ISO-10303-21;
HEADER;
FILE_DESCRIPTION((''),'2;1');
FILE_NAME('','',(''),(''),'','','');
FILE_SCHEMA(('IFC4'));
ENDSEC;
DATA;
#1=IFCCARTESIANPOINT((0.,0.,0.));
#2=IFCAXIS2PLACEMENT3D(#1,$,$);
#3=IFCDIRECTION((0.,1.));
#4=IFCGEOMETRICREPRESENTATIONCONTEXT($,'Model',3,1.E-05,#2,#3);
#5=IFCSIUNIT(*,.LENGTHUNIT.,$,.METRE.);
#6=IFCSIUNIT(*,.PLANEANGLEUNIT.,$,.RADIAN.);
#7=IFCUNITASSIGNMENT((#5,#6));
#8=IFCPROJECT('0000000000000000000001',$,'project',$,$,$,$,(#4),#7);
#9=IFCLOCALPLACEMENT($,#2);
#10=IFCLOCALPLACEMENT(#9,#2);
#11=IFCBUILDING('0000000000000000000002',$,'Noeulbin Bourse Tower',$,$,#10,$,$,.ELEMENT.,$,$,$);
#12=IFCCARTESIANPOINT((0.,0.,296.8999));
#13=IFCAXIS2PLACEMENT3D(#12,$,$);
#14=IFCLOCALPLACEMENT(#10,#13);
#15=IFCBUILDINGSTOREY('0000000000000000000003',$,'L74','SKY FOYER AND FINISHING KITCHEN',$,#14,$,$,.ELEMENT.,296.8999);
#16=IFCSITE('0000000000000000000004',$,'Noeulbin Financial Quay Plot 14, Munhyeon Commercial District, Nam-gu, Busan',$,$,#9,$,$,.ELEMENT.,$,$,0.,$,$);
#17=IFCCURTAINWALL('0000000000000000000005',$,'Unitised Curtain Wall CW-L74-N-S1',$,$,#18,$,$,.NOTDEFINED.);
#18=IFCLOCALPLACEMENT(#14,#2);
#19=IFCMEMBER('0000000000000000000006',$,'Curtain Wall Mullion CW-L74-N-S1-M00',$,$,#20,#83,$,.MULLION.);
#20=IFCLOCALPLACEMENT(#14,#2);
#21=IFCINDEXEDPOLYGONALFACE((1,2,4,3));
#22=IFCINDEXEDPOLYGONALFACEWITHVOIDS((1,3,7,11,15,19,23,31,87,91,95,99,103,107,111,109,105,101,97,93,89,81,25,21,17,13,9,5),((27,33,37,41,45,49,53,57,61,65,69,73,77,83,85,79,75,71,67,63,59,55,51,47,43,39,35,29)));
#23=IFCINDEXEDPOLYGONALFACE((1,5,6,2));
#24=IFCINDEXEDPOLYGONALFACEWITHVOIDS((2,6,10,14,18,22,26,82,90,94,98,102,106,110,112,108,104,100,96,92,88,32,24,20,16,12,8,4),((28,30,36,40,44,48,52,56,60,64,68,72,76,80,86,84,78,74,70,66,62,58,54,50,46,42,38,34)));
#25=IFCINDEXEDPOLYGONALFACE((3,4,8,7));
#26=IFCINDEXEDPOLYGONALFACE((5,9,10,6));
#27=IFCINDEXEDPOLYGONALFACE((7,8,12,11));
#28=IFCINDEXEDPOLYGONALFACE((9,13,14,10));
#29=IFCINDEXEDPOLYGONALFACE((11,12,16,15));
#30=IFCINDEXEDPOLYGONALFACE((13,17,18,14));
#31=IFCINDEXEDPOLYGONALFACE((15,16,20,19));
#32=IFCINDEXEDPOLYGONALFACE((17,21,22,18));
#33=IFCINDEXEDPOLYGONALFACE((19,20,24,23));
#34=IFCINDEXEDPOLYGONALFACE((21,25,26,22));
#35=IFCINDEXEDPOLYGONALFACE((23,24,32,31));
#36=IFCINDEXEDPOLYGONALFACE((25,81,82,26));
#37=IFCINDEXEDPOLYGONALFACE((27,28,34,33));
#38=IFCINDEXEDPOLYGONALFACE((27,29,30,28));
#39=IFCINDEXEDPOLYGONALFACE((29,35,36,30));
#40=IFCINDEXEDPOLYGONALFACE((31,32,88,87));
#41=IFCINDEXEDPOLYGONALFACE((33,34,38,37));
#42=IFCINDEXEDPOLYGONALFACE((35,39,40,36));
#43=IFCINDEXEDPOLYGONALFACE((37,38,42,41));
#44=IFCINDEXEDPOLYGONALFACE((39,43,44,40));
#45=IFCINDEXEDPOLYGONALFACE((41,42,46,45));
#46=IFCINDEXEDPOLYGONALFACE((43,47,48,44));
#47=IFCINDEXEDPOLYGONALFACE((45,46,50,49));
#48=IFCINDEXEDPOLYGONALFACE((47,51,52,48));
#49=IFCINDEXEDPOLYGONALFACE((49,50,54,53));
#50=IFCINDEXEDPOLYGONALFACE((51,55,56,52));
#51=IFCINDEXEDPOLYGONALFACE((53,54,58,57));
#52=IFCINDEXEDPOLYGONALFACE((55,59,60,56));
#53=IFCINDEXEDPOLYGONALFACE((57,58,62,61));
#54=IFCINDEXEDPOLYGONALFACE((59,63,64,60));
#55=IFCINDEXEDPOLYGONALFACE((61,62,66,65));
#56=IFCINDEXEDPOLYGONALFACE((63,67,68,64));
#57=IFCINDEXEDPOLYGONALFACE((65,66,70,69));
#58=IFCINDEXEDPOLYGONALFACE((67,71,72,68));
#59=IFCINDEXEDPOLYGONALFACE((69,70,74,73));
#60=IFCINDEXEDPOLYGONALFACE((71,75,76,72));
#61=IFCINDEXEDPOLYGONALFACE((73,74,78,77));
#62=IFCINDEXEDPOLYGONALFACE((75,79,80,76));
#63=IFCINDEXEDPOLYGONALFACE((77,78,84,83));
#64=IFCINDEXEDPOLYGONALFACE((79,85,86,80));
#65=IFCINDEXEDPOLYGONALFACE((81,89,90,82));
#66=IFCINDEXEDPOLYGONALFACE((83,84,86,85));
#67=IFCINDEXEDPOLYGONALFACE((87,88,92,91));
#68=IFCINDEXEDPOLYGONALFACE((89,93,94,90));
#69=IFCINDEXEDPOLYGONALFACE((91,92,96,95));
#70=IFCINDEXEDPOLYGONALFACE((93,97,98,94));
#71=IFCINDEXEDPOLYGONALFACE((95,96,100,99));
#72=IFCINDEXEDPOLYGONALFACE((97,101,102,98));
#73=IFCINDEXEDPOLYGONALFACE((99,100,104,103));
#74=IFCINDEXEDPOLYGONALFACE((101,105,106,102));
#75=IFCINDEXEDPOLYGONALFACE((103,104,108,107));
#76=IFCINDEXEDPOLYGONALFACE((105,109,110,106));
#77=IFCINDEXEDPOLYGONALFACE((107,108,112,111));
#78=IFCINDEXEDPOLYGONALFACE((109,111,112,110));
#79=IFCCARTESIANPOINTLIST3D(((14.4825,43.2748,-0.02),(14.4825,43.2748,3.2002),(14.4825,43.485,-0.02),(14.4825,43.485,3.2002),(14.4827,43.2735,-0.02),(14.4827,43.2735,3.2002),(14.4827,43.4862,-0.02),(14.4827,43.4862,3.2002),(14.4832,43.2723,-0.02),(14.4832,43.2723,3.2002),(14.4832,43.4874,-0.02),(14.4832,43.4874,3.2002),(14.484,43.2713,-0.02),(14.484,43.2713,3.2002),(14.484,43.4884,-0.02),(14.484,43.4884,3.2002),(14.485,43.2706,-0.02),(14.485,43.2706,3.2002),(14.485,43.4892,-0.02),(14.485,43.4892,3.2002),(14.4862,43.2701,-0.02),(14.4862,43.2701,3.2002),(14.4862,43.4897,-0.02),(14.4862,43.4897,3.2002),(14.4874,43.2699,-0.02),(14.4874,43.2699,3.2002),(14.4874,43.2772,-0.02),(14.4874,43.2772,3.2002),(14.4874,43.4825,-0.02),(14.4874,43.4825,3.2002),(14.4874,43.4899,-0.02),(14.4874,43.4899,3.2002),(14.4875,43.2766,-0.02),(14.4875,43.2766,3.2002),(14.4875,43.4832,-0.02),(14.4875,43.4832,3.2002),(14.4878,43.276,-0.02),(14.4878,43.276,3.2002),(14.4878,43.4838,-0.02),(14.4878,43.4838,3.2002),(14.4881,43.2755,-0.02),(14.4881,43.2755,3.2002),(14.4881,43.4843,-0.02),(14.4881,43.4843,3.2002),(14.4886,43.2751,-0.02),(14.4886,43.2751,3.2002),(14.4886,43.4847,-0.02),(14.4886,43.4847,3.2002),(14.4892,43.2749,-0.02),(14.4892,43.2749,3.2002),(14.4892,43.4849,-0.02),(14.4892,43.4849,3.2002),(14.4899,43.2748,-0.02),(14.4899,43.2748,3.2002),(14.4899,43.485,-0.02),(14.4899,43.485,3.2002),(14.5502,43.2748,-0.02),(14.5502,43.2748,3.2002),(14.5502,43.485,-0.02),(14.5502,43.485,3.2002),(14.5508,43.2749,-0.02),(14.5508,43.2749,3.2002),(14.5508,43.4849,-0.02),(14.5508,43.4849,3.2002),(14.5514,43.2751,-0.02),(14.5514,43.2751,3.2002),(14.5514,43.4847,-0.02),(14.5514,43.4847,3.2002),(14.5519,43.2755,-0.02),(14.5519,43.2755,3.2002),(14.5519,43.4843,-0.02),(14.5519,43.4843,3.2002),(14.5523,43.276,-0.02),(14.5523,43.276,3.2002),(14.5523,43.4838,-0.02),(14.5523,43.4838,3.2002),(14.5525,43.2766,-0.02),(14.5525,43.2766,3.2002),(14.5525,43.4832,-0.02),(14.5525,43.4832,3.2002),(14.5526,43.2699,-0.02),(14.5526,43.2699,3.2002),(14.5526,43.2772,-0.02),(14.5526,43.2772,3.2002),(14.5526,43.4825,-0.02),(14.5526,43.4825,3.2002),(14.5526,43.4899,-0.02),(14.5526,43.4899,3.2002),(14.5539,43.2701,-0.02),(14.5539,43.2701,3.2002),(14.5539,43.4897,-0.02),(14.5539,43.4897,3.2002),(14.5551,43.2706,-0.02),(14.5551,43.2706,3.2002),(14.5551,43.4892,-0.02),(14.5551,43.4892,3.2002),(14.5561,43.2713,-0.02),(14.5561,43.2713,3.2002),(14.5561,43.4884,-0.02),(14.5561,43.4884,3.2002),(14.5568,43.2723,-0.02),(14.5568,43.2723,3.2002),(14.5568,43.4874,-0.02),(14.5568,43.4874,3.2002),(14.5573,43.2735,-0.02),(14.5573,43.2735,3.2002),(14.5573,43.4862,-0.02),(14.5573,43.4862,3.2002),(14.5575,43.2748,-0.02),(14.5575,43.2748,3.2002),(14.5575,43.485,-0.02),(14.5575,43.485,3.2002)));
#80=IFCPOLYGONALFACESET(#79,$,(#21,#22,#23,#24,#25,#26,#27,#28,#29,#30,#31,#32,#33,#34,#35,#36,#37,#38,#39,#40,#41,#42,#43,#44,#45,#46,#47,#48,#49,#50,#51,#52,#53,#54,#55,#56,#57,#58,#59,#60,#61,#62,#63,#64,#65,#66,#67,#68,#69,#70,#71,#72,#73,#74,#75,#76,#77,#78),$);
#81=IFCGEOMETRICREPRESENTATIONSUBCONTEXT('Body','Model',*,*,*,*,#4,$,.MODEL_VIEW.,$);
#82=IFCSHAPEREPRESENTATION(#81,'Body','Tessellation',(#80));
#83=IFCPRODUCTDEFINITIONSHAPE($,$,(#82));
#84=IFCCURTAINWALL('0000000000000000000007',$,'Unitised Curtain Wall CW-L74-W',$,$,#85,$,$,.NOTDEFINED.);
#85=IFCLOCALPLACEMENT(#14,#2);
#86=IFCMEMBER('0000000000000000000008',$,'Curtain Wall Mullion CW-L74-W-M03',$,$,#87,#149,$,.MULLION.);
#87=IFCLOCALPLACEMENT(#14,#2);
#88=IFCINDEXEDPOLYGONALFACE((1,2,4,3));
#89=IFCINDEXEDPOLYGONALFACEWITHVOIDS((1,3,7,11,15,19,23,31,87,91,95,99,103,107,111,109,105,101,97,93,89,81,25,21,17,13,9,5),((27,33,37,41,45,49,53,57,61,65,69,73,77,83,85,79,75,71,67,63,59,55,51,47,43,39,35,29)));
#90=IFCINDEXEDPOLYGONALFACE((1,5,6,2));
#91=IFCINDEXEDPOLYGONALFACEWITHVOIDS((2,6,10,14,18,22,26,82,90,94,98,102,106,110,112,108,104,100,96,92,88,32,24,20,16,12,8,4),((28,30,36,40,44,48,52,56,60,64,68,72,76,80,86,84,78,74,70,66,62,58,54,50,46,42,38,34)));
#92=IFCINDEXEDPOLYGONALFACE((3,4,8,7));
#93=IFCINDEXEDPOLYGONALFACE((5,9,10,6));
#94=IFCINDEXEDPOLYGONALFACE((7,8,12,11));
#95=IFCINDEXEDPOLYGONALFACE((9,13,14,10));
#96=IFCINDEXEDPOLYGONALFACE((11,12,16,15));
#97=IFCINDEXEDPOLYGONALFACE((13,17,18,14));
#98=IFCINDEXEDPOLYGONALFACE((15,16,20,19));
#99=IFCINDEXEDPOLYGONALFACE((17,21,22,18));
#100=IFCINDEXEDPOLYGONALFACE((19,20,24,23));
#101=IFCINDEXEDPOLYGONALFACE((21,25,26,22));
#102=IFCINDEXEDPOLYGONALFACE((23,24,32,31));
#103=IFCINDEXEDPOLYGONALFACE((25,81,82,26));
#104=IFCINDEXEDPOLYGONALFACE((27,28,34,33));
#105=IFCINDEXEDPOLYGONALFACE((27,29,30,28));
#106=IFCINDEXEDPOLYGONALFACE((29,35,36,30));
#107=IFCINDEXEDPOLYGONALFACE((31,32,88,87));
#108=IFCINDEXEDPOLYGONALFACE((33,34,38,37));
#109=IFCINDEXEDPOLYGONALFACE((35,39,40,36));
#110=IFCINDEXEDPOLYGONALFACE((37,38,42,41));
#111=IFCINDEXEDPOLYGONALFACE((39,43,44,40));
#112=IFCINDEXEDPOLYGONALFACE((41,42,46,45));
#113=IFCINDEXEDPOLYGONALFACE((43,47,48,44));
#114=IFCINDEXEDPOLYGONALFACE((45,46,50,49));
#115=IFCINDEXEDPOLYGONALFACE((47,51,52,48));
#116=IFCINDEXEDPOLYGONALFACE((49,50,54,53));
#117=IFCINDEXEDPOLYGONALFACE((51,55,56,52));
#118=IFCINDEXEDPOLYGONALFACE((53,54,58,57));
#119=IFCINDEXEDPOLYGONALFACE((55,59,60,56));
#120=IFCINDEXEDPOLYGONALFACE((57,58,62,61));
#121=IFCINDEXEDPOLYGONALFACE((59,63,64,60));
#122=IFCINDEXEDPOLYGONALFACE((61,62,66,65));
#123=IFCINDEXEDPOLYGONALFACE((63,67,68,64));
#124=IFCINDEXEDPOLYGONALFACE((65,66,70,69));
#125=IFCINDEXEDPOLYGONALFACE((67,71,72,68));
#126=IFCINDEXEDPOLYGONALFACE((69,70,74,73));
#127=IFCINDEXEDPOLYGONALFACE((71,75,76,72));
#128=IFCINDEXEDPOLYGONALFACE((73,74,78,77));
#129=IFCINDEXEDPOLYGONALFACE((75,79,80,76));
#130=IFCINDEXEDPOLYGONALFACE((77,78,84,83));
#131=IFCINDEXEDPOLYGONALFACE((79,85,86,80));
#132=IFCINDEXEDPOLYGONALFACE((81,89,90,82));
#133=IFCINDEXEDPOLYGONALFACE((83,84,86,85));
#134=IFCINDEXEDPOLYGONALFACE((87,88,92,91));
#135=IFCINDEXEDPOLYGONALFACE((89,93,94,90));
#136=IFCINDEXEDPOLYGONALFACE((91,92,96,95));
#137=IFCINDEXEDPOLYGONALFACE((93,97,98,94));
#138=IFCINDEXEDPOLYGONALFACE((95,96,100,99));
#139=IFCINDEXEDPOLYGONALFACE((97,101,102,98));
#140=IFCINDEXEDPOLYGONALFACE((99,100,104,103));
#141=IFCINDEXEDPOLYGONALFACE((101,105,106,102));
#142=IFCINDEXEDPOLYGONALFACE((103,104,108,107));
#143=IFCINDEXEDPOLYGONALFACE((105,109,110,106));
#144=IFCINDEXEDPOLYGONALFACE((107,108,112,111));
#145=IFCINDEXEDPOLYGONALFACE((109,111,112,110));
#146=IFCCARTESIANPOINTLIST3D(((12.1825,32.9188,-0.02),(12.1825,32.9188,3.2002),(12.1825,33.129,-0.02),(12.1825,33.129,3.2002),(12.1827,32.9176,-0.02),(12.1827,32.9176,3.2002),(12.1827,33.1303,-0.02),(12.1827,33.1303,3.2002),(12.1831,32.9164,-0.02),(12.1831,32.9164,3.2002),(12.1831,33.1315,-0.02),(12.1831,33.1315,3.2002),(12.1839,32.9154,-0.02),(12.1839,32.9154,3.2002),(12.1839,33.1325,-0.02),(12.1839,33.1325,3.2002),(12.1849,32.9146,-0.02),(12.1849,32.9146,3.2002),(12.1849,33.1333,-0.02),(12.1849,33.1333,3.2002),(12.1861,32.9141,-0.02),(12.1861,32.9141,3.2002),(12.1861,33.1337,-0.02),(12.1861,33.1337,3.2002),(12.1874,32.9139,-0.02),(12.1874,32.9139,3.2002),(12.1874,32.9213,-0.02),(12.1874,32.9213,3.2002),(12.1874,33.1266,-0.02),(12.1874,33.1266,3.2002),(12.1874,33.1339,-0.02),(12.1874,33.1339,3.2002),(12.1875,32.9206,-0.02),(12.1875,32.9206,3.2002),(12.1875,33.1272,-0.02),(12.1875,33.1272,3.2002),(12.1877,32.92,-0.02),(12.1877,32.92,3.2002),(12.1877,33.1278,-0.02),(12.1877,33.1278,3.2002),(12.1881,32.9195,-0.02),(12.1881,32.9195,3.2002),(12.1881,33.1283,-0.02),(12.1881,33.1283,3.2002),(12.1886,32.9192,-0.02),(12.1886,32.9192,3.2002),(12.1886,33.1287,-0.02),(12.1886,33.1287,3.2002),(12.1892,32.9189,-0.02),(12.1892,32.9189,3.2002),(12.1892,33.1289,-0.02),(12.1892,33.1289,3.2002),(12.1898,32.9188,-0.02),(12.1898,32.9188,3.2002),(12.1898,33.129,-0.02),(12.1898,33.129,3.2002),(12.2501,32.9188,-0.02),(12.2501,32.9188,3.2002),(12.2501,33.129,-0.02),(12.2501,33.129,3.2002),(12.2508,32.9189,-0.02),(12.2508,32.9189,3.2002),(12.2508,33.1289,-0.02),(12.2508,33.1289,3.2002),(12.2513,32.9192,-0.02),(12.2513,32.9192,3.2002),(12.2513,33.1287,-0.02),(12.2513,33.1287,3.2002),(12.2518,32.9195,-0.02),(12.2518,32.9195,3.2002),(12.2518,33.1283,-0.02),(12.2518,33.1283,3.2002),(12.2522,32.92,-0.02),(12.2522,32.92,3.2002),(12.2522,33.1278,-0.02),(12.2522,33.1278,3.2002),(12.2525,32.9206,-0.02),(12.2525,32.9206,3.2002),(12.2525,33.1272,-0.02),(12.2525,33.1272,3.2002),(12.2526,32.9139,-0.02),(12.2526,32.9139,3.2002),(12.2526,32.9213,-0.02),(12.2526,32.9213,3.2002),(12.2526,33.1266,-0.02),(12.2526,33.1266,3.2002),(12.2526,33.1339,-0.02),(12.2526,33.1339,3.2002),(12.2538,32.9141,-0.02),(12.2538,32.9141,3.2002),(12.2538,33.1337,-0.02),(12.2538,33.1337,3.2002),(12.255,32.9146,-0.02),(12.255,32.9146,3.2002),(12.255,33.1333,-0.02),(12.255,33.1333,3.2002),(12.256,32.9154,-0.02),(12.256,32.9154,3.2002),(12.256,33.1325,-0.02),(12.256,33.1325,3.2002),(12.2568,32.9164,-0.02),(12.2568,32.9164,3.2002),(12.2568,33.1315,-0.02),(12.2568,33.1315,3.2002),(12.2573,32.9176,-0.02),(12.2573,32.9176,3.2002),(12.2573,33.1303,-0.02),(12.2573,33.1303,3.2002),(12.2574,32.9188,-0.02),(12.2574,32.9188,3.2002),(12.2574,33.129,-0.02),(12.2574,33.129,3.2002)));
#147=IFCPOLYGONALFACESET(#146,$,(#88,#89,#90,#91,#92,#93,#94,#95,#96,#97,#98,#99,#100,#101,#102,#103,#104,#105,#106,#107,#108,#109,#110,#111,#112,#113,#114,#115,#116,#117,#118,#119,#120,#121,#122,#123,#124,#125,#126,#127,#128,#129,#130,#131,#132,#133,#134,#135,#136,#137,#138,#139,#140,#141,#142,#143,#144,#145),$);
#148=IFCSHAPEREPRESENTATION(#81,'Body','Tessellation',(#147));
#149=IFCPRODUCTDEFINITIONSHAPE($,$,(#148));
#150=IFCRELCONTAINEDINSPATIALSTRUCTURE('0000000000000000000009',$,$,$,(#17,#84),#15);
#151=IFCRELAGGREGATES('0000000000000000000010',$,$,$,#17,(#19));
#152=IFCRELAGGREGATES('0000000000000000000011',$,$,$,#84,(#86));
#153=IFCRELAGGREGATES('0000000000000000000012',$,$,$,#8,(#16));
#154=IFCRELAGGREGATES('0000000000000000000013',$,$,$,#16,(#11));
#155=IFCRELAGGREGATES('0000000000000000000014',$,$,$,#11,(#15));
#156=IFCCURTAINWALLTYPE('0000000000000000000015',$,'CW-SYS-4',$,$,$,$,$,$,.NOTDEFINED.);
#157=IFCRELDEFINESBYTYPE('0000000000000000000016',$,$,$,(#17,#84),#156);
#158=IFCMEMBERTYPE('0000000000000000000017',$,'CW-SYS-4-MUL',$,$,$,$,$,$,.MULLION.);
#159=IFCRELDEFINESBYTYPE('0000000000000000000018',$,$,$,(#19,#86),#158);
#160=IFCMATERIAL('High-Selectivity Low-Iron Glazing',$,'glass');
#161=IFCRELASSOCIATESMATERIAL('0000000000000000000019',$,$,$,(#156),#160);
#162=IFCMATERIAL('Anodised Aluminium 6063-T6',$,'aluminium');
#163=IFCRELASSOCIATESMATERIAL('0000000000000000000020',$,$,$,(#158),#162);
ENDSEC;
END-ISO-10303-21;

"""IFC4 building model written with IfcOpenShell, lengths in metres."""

from ifc_helpers import new_model, si_unit, direction, frame, origin, origin_2d, place, context, subcontext, project, spatial, hollow_rectangle, extrude, material, material_profile, profile_set, type_object, element, aggregate, save


model = new_model("IFC4")

# Units and contexts
model_context = context("Model", 3, precision=1e-05, world=origin(), true_north=direction((0.0, 1.0)))
body_context = subcontext(model_context, "Body", "Model", "MODEL_VIEW")
ifc_project = project(units=[si_unit("LENGTHUNIT", "METRE"), si_unit("PLANEANGLEUNIT", "RADIAN")], contexts=[model_context])

# Site, building, storey
site_placement = place(None, origin())
site = spatial("IfcSite", under=ifc_project, at=site_placement, Name="Noeulbin Financial Quay Plot 14, Munhyeon Commercial District, Nam-gu, Busan", CompositionType="ELEMENT", RefElevation=0.0)
building_placement = place(site_placement, origin())
building = spatial("IfcBuilding", under=site, at=building_placement, Name="Noeulbin Bourse Tower", CompositionType="ELEMENT")
storey_placement = place(building_placement, frame((0.0, 0.0, 296.8999)))
storey = spatial("IfcBuildingStorey", under=building, at=storey_placement, Name="L74", Description="SKY FOYER AND FINISHING KITCHEN", CompositionType="ELEMENT", Elevation=296.8999)

# Curtain wall, member
ifc_material_1 = material(Name="High-Selectivity Low-Iron Glazing", Category="glass")
curtain_wall_type = type_object("IfcCurtainWallType", Name="CW-SYS-4", PredefinedType="NOTDEFINED", material=ifc_material_1)
curtain_wall_1_placement = place(storey_placement, origin())
curtain_wall_1 = element("IfcCurtainWall", 1, at=curtain_wall_1_placement, inside=storey, type_object=curtain_wall_type, Name="Unitised Curtain Wall CW-L74-N-S1", PredefinedType="NOTDEFINED")
ifc_material_2 = material(Name="Anodised Aluminium 6063-T6", Category="aluminium")
ifc_material_profile_1 = material_profile(ifc_material_2, hollow_rectangle(XDim=0.075, YDim=0.22, WallThickness=0.0049, InnerFilletRadius=0.0024, OuterFilletRadius=0.0049, at=origin_2d()), Name="ALU-MULL-75x220x5", Category="LoadBearing")
ifc_profile_set_1 = profile_set([ifc_material_profile_1], Name="Anodised Aluminium 6063-T6")
member_type_1 = type_object("IfcMemberType", Name="CW-SYS-4-MUL", PredefinedType="MULLION", material=ifc_profile_set_1)
member_1_placement = place(storey_placement, frame((14.52, 43.3799, -0.02), z_axis=(0.0, 0.0, 1.0), x_axis=(1.0, 0.0, 0.0)))
member_1 = element("IfcMember", 2, at=member_1_placement, type_object=member_type_1, Name="Curtain Wall Mullion CW-L74-N-S1-M00", PredefinedType="MULLION", context=body_context, shape_type="SweptSolid", body=[
    extrude(hollow_rectangle(XDim=0.075, YDim=0.22, WallThickness=0.0049, InnerFilletRadius=0.0024, OuterFilletRadius=0.0049, at=origin_2d()), origin(), (0.0, 0.0, 1.0), 3.2202),
])

# Curtain wall, member
curtain_wall_2_placement = place(storey_placement, origin())
curtain_wall_2 = element("IfcCurtainWall", 3, at=curtain_wall_2_placement, inside=storey, type_object=curtain_wall_type, Name="Unitised Curtain Wall CW-L74-W", PredefinedType="NOTDEFINED")
member_2_placement = place(storey_placement, frame((12.22, 33.0239, -0.02), z_axis=(0.0, 0.0, 1.0), x_axis=(1.0, 0.0, 0.0)))
member_2 = element("IfcMember", 4, at=member_2_placement, type_object=member_type_1, Name="Curtain Wall Mullion CW-L74-W-M03", PredefinedType="MULLION", context=body_context, shape_type="SweptSolid", body=[
    extrude(hollow_rectangle(XDim=0.075, YDim=0.22, WallThickness=0.0049, InnerFilletRadius=0.0024, OuterFilletRadius=0.0049, at=origin_2d()), origin(), (0.0, 0.0, 1.0), 3.2202),
])

aggregate(curtain_wall_1, [member_1])
aggregate(curtain_wall_2, [member_2])

save(model, "model.ifc")
